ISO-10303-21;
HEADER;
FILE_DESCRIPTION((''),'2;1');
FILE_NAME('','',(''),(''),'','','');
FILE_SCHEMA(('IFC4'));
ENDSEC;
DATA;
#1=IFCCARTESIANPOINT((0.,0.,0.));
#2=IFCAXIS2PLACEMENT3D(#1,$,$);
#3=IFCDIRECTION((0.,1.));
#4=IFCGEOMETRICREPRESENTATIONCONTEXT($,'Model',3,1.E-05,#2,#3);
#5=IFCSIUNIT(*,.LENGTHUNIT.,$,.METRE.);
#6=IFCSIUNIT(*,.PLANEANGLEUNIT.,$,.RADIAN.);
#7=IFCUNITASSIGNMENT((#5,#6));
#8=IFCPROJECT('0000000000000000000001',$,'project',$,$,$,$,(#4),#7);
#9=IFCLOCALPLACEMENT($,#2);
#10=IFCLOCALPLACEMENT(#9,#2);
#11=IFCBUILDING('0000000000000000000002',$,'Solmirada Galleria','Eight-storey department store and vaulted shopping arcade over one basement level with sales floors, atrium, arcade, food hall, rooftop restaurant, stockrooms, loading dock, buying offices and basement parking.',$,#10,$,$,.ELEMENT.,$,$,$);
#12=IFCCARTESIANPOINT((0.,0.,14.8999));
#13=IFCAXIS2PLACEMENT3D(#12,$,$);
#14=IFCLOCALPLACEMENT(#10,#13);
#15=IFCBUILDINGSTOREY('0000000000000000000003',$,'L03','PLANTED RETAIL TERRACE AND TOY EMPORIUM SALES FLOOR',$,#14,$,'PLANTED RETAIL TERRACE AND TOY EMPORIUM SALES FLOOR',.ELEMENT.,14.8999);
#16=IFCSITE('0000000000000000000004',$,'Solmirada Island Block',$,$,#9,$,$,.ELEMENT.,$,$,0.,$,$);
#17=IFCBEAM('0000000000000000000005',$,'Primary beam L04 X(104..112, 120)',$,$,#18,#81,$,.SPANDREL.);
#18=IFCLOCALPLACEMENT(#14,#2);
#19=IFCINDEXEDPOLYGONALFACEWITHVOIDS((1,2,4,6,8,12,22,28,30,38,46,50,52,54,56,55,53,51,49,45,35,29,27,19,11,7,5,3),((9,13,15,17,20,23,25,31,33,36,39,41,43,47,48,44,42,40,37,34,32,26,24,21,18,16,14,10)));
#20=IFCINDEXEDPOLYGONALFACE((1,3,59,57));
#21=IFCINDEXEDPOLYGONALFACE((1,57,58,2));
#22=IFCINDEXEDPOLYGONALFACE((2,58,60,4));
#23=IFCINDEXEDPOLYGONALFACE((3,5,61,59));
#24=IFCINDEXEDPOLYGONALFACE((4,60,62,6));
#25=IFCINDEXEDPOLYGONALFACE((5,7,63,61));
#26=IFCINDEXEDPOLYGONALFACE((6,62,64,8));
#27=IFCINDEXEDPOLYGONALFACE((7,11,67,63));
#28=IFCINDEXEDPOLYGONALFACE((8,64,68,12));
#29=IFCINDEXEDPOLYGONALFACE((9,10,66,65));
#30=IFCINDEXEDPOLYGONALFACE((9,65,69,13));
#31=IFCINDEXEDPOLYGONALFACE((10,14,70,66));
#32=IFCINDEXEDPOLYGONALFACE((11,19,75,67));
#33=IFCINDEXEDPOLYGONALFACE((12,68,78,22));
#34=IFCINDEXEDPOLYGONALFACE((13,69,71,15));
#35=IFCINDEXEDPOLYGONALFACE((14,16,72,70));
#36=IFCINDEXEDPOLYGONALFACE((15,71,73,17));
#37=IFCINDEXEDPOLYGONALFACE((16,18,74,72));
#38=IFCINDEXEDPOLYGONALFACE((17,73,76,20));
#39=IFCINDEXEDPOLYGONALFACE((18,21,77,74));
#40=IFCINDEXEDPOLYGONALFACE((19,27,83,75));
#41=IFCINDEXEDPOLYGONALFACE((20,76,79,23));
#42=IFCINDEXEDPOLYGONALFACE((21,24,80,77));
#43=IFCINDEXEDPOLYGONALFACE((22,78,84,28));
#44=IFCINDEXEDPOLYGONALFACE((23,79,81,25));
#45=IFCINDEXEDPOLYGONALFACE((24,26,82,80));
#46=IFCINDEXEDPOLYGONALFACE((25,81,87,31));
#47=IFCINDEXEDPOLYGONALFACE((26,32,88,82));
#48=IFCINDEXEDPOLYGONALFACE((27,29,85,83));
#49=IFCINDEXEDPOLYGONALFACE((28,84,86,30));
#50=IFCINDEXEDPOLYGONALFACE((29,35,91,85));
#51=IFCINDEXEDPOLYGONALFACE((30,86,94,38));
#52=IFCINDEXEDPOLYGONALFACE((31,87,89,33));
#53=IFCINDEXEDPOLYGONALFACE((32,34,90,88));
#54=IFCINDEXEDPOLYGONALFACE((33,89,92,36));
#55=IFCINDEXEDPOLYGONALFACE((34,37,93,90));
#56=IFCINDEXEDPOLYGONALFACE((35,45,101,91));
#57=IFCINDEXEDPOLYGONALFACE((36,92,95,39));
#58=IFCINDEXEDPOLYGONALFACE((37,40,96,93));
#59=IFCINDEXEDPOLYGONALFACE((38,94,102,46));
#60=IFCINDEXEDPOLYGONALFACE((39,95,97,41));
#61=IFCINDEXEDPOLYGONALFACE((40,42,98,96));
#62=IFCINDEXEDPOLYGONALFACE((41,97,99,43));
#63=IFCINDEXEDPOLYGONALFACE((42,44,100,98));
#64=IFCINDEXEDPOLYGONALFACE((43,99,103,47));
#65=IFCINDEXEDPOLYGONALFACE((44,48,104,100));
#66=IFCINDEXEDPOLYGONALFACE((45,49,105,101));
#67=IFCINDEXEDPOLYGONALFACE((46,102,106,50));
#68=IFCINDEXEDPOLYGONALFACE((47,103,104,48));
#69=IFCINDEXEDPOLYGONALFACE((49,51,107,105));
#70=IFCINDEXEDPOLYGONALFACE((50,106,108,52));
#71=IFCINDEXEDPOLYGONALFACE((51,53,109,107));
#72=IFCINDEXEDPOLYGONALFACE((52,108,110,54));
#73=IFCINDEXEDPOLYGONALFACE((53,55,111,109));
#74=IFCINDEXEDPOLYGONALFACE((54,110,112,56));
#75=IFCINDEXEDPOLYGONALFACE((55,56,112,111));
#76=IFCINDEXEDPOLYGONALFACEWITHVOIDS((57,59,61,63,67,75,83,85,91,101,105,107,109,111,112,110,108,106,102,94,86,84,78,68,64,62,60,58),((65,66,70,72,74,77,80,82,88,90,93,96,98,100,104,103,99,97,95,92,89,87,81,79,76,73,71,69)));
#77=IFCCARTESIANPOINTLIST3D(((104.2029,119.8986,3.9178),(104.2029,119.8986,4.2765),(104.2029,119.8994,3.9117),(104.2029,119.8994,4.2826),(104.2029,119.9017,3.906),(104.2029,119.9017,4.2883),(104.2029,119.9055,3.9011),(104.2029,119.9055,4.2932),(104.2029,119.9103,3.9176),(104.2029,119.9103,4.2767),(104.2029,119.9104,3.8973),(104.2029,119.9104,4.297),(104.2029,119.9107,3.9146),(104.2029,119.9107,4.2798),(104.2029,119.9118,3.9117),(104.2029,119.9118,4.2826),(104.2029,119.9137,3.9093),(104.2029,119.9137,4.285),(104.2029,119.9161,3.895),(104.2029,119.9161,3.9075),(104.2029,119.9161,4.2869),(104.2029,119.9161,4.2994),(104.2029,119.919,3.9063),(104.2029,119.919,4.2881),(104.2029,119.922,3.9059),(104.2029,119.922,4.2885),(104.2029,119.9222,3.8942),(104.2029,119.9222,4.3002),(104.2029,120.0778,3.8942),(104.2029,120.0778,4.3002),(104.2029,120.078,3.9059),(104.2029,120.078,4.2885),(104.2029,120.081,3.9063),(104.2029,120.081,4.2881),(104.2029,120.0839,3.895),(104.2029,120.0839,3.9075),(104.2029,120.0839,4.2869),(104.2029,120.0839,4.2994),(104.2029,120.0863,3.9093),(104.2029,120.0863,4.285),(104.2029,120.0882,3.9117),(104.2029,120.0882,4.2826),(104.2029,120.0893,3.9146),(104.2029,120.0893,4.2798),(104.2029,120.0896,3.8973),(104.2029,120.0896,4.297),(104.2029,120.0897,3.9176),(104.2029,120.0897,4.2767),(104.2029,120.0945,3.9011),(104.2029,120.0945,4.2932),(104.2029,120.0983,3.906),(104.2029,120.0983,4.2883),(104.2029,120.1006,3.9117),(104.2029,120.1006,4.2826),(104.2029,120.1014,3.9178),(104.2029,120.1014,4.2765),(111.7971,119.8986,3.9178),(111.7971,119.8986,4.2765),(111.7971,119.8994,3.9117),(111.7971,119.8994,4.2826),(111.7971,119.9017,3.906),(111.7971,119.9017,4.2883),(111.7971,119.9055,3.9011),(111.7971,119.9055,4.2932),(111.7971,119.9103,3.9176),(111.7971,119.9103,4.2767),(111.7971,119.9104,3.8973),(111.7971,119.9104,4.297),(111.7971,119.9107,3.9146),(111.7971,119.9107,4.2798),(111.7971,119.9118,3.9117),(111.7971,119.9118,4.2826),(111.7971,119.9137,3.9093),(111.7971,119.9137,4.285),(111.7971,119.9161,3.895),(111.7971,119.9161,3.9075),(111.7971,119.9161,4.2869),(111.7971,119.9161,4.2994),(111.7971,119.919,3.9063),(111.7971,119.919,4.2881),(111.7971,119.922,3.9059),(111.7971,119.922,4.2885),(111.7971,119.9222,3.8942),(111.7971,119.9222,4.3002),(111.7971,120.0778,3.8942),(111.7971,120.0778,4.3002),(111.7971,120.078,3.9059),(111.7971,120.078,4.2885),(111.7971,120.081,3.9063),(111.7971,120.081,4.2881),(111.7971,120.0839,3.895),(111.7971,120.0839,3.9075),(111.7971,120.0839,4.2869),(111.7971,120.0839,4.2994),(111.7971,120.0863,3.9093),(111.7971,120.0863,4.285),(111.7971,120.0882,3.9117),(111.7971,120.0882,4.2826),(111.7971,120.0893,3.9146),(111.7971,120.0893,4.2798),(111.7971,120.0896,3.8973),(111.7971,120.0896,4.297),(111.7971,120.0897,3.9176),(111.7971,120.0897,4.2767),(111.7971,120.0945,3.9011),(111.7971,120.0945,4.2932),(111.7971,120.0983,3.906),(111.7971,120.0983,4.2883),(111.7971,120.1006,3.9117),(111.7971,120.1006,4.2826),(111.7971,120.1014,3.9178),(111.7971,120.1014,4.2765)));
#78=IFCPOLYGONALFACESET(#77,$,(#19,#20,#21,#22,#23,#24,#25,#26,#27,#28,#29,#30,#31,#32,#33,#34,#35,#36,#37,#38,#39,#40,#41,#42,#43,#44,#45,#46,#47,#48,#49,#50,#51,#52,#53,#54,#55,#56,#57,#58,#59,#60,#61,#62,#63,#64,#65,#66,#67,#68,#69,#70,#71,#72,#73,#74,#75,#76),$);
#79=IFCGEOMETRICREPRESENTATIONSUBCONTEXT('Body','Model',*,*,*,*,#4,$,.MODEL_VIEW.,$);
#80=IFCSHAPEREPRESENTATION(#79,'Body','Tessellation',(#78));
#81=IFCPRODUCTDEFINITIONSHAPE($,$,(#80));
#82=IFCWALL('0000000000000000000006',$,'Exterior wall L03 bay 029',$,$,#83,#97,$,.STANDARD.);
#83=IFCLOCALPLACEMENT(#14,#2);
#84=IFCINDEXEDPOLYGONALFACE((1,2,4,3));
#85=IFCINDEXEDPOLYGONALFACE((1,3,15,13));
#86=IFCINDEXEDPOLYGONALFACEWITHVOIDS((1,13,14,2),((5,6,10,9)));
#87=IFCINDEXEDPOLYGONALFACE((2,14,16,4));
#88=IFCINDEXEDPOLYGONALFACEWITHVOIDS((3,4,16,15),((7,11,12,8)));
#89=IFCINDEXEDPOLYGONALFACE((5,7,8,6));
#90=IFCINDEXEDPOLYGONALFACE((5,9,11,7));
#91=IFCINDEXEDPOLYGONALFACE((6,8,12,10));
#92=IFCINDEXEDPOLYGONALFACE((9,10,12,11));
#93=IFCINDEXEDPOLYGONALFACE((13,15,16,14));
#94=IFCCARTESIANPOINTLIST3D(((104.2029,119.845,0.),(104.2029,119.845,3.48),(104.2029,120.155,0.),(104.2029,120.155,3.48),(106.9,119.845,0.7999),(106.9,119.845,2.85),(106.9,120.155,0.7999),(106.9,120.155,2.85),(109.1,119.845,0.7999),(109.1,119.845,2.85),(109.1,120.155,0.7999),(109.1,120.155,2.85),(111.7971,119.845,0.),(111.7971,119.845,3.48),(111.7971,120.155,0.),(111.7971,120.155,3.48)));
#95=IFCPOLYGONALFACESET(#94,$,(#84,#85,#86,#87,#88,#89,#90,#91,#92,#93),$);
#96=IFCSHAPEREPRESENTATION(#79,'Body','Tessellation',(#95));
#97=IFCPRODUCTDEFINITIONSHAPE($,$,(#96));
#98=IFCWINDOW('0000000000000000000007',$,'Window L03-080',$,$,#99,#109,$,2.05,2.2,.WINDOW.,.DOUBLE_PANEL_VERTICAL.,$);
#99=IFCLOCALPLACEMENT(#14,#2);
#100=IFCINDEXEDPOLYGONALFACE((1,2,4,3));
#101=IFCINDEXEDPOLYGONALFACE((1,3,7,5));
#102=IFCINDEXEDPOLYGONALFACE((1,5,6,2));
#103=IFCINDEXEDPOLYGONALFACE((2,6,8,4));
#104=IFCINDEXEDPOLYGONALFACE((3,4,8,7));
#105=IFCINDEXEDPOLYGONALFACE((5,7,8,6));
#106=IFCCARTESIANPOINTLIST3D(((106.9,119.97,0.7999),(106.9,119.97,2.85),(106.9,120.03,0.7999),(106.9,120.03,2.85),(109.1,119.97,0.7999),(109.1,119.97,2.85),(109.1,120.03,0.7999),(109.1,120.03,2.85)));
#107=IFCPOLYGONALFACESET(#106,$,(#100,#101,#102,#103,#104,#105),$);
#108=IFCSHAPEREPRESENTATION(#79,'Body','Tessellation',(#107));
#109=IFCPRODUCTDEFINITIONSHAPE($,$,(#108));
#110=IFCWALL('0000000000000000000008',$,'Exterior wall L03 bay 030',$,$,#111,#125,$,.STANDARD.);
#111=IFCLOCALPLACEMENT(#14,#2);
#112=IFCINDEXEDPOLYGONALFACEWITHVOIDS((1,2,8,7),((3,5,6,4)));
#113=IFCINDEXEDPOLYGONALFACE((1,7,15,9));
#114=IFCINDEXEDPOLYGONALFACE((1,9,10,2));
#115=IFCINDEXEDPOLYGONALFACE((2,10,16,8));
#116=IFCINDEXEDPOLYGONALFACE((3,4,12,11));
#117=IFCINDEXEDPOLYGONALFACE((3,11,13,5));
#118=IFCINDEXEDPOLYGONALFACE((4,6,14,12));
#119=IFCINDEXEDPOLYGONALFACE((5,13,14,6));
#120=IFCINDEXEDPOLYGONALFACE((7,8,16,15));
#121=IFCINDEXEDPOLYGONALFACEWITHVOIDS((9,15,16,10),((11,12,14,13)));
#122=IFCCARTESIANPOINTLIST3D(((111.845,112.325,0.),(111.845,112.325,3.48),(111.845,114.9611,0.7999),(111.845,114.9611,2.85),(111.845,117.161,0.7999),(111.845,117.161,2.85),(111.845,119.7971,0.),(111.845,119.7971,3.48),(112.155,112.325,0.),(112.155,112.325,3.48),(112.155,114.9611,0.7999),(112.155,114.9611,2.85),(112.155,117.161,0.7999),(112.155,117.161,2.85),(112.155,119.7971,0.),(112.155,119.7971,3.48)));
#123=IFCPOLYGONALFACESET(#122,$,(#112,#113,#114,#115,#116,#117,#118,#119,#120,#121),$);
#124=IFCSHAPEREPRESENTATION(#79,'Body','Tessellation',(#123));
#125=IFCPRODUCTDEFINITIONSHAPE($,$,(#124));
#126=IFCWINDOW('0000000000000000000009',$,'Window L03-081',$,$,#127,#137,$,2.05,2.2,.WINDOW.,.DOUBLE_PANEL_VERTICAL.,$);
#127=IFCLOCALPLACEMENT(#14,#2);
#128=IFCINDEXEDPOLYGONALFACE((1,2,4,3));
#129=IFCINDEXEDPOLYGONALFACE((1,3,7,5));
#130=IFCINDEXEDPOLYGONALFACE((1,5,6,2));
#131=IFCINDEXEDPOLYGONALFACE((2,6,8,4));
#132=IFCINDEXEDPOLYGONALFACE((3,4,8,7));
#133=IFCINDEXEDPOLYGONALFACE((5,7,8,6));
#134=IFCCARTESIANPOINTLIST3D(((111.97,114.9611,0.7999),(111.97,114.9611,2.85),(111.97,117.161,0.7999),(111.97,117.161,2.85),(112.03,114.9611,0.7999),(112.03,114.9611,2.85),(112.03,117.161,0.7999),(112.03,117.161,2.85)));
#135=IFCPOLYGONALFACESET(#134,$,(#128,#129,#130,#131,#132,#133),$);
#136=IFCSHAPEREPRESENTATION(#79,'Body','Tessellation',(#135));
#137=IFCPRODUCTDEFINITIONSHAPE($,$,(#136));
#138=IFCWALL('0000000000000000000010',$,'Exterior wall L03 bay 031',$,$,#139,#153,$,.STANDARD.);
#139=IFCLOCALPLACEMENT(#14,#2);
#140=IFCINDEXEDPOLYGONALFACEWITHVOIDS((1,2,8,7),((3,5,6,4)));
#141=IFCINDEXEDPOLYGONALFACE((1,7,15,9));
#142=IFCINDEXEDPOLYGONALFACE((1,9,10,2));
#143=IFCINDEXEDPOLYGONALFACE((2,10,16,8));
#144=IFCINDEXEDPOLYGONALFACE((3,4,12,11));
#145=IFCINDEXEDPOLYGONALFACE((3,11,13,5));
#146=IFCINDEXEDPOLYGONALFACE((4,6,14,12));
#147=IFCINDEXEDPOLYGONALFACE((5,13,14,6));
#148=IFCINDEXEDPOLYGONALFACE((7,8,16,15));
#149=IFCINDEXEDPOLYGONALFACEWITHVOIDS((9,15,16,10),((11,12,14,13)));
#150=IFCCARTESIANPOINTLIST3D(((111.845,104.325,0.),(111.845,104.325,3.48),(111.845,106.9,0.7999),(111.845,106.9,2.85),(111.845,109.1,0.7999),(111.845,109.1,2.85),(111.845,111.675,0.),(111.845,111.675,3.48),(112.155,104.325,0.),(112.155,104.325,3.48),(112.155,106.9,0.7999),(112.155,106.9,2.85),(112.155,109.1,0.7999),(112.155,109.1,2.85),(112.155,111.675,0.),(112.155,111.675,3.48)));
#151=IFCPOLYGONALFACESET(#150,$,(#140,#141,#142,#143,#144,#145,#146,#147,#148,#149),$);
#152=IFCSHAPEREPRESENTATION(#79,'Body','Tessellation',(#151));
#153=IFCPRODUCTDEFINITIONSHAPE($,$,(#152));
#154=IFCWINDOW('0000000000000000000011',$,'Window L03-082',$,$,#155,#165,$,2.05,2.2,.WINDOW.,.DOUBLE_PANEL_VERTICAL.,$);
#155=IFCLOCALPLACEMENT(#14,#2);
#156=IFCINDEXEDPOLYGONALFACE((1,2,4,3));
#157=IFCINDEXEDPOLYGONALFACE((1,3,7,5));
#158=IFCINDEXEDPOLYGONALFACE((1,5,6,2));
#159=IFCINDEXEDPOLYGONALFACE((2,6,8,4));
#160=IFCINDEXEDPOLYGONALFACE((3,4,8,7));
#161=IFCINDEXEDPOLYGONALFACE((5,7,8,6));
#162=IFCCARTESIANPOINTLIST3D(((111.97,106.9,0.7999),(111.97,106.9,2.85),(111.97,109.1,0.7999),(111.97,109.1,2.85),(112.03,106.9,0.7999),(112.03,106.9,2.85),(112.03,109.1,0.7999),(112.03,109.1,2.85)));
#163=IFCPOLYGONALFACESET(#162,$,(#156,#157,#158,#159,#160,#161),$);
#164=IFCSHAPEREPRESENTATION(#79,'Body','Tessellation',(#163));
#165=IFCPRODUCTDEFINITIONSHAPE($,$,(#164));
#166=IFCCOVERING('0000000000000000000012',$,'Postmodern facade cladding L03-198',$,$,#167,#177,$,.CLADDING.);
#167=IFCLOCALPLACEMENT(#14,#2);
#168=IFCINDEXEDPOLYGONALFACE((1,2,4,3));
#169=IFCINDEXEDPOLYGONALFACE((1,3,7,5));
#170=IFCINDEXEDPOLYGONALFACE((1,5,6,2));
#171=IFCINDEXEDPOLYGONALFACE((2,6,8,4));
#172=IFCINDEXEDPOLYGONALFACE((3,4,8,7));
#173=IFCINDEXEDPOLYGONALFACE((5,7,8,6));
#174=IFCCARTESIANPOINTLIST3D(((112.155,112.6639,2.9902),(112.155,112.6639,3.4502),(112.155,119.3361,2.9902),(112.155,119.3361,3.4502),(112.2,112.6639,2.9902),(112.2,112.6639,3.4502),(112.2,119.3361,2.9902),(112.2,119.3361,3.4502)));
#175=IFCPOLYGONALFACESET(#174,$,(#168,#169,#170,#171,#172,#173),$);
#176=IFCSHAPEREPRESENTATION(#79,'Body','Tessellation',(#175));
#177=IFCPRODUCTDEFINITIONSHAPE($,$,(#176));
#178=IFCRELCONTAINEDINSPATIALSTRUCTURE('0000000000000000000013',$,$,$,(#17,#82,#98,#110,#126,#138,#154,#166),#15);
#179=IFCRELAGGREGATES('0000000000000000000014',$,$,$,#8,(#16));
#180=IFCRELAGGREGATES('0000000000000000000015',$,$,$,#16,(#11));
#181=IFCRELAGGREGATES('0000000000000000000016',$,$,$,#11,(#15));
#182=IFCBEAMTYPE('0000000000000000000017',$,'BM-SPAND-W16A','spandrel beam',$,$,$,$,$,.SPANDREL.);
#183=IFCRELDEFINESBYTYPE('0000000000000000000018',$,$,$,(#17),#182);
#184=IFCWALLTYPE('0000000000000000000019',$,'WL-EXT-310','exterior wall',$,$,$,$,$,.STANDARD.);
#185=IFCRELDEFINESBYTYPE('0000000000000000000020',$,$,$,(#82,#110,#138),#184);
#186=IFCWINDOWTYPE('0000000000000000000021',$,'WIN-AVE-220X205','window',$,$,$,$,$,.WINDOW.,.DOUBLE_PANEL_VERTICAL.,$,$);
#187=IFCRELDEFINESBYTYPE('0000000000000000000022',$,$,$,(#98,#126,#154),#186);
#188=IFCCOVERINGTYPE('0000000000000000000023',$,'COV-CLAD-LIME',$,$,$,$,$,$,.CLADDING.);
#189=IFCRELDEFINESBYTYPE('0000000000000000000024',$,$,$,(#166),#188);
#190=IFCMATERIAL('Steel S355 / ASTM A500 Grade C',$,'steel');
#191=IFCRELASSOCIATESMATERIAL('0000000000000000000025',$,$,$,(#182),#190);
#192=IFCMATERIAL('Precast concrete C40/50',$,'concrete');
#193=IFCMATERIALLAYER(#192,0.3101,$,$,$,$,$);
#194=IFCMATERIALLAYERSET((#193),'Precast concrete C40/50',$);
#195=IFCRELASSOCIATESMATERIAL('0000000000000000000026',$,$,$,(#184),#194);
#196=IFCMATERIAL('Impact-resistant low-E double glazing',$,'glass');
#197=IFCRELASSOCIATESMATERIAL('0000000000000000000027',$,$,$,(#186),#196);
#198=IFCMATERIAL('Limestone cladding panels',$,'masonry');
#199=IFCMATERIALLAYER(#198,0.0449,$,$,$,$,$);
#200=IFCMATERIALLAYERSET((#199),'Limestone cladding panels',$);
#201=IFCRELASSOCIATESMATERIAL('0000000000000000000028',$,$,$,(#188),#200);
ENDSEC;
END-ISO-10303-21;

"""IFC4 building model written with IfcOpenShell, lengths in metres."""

from ifc_helpers import new_model, si_unit, direction, frame, frame_2d, origin, origin_2d, place, context, subcontext, project, spatial, rectangle, hollow_rectangle, extrude, material, layer, layer_set, material_profile, profile_set, type_object, element, fill, save


model = new_model("IFC4")

# Units and contexts
model_context = context("Model", 3, precision=1e-05, world=origin(), true_north=direction((0.0, 1.0)))
body_context = subcontext(model_context, "Body", "Model", "MODEL_VIEW")
ifc_project = project(units=[si_unit("LENGTHUNIT", "METRE"), si_unit("PLANEANGLEUNIT", "RADIAN")], contexts=[model_context])

# Site, building, storey
site_placement = place(None, origin())
site = spatial("IfcSite", under=ifc_project, at=site_placement, Name="Solmirada Island Block", CompositionType="ELEMENT", RefElevation=0.0)
building_placement = place(site_placement, origin())
building = spatial("IfcBuilding", under=site, at=building_placement, Name="Solmirada Galleria", Description="Eight-storey department store and vaulted shopping arcade over one basement level with sales floors, atrium, arcade, food hall, rooftop restaurant, stockrooms, loading dock, buying offices and basement parking.", CompositionType="ELEMENT")
storey_placement = place(building_placement, frame((0.0, 0.0, 14.8999)))
storey = spatial("IfcBuildingStorey", under=building, at=storey_placement, Name="L03", Description="PLANTED RETAIL TERRACE AND TOY EMPORIUM SALES FLOOR", LongName="PLANTED RETAIL TERRACE AND TOY EMPORIUM SALES FLOOR", CompositionType="ELEMENT", Elevation=14.8999)

# Shared definitions
ifc_material_1 = material(Name="Steel S355 / ASTM A500 Grade C", Category="steel")

# Beam
ifc_material_profile_1 = material_profile(ifc_material_1, hollow_rectangle(XDim=0.2029, YDim=0.406, WallThickness=0.0117, InnerFilletRadius=0.0117, OuterFilletRadius=0.0237, at=origin_2d()), Name="HSS16X8X1/2")
ifc_profile_set_1 = profile_set([ifc_material_profile_1], Name="Steel S355 / ASTM A500 Grade C")
beam_type_1 = type_object("IfcBeamType", Name="BM-SPAND-W16A", Description="spandrel beam", PredefinedType="SPANDREL", material=ifc_profile_set_1)
beam_1_placement = place(storey_placement, frame((104.2029, 120.0, 4.0972), z_axis=(1.0, 0.0, 0.0), x_axis=(0.0, 1.0, 0.0)))
element("IfcBeam", 1, at=beam_1_placement, inside=storey, type_object=beam_type_1, Name="Primary beam L04 X(104..112, 120)", PredefinedType="SPANDREL", context=body_context, shape_type="SweptSolid", body=[
    extrude(hollow_rectangle(XDim=0.2029, YDim=0.406, WallThickness=0.0117, InnerFilletRadius=0.0117, OuterFilletRadius=0.0237, at=origin_2d()), origin(), (0.0, 0.0, 1.0), 7.5942),
])

# Walls, openings, windows
ifc_material_2 = material(Name="Precast concrete C40/50", Category="concrete")
ifc_layer_1 = layer(ifc_material_2, 0.3101)
ifc_layer_set_1 = layer_set([ifc_layer_1], Name="Precast concrete C40/50")
wall_type = type_object("IfcWallType", Name="WL-EXT-310", Description="exterior wall", PredefinedType="STANDARD", material=ifc_layer_set_1)
wall_1_placement = place(storey_placement, frame((104.2029, 120.0, 0.0), z_axis=(0.0, 0.0, 1.0), x_axis=(1.0, 0.0, 0.0)))
wall_1 = element("IfcWall", 2, at=wall_1_placement, inside=storey, type_object=wall_type, Name="Exterior wall L03 bay 029", PredefinedType="STANDARD", context=body_context, shape_type="SweptSolid", body=[
    extrude(rectangle(XDim=7.5942, YDim=0.3101, at=frame_2d((3.7971, 0.0))), origin(), (0.0, 0.0, 1.0), 3.48),
])
opening_1_placement = place(wall_1_placement, frame((2.697, 0.0, 0.8)))
opening_1 = element("IfcOpeningElement", 3, at=opening_1_placement, cuts=wall_1, PredefinedType="OPENING", context=body_context, shape_type="SweptSolid", body=[
    extrude(rectangle(XDim=2.2, YDim=2.05, at=frame_2d((1.1001, 1.0249))), frame((0.0, 0.165, 0.0), z_axis=(0.0, -1.0, 0.0), x_axis=(1.0, 0.0, 0.0)), (0.0, 0.0, 1.0), 0.3301),
])
ifc_material_3 = material(Name="Impact-resistant low-E double glazing", Category="glass")
window_type = type_object("IfcWindowType", Name="WIN-AVE-220X205", Description="window", PartitioningType="DOUBLE_PANEL_VERTICAL", PredefinedType="WINDOW", material=ifc_material_3)
window_1_placement = place(opening_1_placement, origin())
window_1 = element("IfcWindow", 4, at=window_1_placement, inside=storey, type_object=window_type, Name="Window L03-080", OverallHeight=2.05, OverallWidth=2.2, PartitioningType="DOUBLE_PANEL_VERTICAL", PredefinedType="WINDOW", context=body_context, shape_type="SweptSolid", body=[
    extrude(rectangle(XDim=2.2, YDim=2.05, at=frame_2d((1.1001, 1.0249))), frame((0.0, 0.03, 0.0), z_axis=(0.0, -1.0, 0.0), x_axis=(1.0, 0.0, 0.0)), (0.0, 0.0, 1.0), 0.0601),
])
fill(opening_1, window_1)
wall_2_placement = place(storey_placement, frame((112.0, 119.7971, 0.0), z_axis=(0.0, 0.0, 1.0), x_axis=(0.0, -1.0, 0.0)))
wall_2 = element("IfcWall", 5, at=wall_2_placement, inside=storey, type_object=wall_type, Name="Exterior wall L03 bay 030", PredefinedType="STANDARD", context=body_context, shape_type="SweptSolid", body=[
    extrude(rectangle(XDim=7.4722, YDim=0.3101, at=frame_2d((3.7361, 0.0))), origin(), (0.0, 0.0, 1.0), 3.48),
])
opening_2_placement = place(wall_2_placement, frame((2.636, 0.0, 0.8)))
opening_2 = element("IfcOpeningElement", 6, at=opening_2_placement, cuts=wall_2, PredefinedType="OPENING", context=body_context, shape_type="SweptSolid", body=[
    extrude(rectangle(XDim=2.2, YDim=2.05, at=frame_2d((1.1001, 1.0249))), frame((0.0, 0.165, 0.0), z_axis=(0.0, -1.0, 0.0), x_axis=(1.0, 0.0, 0.0)), (0.0, 0.0, 1.0), 0.3301),
])
window_2_placement = place(opening_2_placement, origin())
window_2 = element("IfcWindow", 7, at=window_2_placement, inside=storey, type_object=window_type, Name="Window L03-081", OverallHeight=2.05, OverallWidth=2.2, PartitioningType="DOUBLE_PANEL_VERTICAL", PredefinedType="WINDOW", context=body_context, shape_type="SweptSolid", body=[
    extrude(rectangle(XDim=2.2, YDim=2.05, at=frame_2d((1.1001, 1.0249))), frame((0.0, 0.03, 0.0), z_axis=(0.0, -1.0, 0.0), x_axis=(1.0, 0.0, 0.0)), (0.0, 0.0, 1.0), 0.0601),
])
fill(opening_2, window_2)
wall_3_placement = place(storey_placement, frame((112.0, 111.675, 0.0), z_axis=(0.0, 0.0, 1.0), x_axis=(0.0, -1.0, 0.0)))
wall_3 = element("IfcWall", 8, at=wall_3_placement, inside=storey, type_object=wall_type, Name="Exterior wall L03 bay 031", PredefinedType="STANDARD", context=body_context, shape_type="SweptSolid", body=[
    extrude(rectangle(XDim=7.3501, YDim=0.3101, at=frame_2d((3.675, 0.0))), origin(), (0.0, 0.0, 1.0), 3.48),
])
opening_3_placement = place(wall_3_placement, frame((2.575, 0.0, 0.8)))
opening_3 = element("IfcOpeningElement", 9, at=opening_3_placement, cuts=wall_3, PredefinedType="OPENING", context=body_context, shape_type="SweptSolid", body=[
    extrude(rectangle(XDim=2.2, YDim=2.05, at=frame_2d((1.1001, 1.0249))), frame((0.0, 0.165, 0.0), z_axis=(0.0, -1.0, 0.0), x_axis=(1.0, 0.0, 0.0)), (0.0, 0.0, 1.0), 0.3301),
])
window_3_placement = place(opening_3_placement, origin())
window_3 = element("IfcWindow", 10, at=window_3_placement, inside=storey, type_object=window_type, Name="Window L03-082", OverallHeight=2.05, OverallWidth=2.2, PartitioningType="DOUBLE_PANEL_VERTICAL", PredefinedType="WINDOW", context=body_context, shape_type="SweptSolid", body=[
    extrude(rectangle(XDim=2.2, YDim=2.05, at=frame_2d((1.1001, 1.0249))), frame((0.0, 0.03, 0.0), z_axis=(0.0, -1.0, 0.0), x_axis=(1.0, 0.0, 0.0)), (0.0, 0.0, 1.0), 0.0601),
])
fill(opening_3, window_3)

# Covering
ifc_material_4 = material(Name="Limestone cladding panels", Category="masonry")
ifc_layer_2 = layer(ifc_material_4, 0.0449)
ifc_layer_set_2 = layer_set([ifc_layer_2], Name="Limestone cladding panels")
covering_type_1 = type_object("IfcCoveringType", Name="COV-CLAD-LIME", PredefinedType="CLADDING", material=ifc_layer_set_2)
covering_1_placement = place(storey_placement, frame((112.1775, 116.0, 2.9902), z_axis=(0.0, 0.0, 1.0), x_axis=(0.0, -1.0, 0.0)))
element("IfcCovering", 11, at=covering_1_placement, inside=storey, type_object=covering_type_1, Name="Postmodern facade cladding L03-198", PredefinedType="CLADDING", context=body_context, shape_type="SweptSolid", body=[
    extrude(rectangle(XDim=6.6721, YDim=0.0449, at=origin_2d()), origin(), (0.0, 0.0, 1.0), 0.46),
])

save(model, "model.ifc")
